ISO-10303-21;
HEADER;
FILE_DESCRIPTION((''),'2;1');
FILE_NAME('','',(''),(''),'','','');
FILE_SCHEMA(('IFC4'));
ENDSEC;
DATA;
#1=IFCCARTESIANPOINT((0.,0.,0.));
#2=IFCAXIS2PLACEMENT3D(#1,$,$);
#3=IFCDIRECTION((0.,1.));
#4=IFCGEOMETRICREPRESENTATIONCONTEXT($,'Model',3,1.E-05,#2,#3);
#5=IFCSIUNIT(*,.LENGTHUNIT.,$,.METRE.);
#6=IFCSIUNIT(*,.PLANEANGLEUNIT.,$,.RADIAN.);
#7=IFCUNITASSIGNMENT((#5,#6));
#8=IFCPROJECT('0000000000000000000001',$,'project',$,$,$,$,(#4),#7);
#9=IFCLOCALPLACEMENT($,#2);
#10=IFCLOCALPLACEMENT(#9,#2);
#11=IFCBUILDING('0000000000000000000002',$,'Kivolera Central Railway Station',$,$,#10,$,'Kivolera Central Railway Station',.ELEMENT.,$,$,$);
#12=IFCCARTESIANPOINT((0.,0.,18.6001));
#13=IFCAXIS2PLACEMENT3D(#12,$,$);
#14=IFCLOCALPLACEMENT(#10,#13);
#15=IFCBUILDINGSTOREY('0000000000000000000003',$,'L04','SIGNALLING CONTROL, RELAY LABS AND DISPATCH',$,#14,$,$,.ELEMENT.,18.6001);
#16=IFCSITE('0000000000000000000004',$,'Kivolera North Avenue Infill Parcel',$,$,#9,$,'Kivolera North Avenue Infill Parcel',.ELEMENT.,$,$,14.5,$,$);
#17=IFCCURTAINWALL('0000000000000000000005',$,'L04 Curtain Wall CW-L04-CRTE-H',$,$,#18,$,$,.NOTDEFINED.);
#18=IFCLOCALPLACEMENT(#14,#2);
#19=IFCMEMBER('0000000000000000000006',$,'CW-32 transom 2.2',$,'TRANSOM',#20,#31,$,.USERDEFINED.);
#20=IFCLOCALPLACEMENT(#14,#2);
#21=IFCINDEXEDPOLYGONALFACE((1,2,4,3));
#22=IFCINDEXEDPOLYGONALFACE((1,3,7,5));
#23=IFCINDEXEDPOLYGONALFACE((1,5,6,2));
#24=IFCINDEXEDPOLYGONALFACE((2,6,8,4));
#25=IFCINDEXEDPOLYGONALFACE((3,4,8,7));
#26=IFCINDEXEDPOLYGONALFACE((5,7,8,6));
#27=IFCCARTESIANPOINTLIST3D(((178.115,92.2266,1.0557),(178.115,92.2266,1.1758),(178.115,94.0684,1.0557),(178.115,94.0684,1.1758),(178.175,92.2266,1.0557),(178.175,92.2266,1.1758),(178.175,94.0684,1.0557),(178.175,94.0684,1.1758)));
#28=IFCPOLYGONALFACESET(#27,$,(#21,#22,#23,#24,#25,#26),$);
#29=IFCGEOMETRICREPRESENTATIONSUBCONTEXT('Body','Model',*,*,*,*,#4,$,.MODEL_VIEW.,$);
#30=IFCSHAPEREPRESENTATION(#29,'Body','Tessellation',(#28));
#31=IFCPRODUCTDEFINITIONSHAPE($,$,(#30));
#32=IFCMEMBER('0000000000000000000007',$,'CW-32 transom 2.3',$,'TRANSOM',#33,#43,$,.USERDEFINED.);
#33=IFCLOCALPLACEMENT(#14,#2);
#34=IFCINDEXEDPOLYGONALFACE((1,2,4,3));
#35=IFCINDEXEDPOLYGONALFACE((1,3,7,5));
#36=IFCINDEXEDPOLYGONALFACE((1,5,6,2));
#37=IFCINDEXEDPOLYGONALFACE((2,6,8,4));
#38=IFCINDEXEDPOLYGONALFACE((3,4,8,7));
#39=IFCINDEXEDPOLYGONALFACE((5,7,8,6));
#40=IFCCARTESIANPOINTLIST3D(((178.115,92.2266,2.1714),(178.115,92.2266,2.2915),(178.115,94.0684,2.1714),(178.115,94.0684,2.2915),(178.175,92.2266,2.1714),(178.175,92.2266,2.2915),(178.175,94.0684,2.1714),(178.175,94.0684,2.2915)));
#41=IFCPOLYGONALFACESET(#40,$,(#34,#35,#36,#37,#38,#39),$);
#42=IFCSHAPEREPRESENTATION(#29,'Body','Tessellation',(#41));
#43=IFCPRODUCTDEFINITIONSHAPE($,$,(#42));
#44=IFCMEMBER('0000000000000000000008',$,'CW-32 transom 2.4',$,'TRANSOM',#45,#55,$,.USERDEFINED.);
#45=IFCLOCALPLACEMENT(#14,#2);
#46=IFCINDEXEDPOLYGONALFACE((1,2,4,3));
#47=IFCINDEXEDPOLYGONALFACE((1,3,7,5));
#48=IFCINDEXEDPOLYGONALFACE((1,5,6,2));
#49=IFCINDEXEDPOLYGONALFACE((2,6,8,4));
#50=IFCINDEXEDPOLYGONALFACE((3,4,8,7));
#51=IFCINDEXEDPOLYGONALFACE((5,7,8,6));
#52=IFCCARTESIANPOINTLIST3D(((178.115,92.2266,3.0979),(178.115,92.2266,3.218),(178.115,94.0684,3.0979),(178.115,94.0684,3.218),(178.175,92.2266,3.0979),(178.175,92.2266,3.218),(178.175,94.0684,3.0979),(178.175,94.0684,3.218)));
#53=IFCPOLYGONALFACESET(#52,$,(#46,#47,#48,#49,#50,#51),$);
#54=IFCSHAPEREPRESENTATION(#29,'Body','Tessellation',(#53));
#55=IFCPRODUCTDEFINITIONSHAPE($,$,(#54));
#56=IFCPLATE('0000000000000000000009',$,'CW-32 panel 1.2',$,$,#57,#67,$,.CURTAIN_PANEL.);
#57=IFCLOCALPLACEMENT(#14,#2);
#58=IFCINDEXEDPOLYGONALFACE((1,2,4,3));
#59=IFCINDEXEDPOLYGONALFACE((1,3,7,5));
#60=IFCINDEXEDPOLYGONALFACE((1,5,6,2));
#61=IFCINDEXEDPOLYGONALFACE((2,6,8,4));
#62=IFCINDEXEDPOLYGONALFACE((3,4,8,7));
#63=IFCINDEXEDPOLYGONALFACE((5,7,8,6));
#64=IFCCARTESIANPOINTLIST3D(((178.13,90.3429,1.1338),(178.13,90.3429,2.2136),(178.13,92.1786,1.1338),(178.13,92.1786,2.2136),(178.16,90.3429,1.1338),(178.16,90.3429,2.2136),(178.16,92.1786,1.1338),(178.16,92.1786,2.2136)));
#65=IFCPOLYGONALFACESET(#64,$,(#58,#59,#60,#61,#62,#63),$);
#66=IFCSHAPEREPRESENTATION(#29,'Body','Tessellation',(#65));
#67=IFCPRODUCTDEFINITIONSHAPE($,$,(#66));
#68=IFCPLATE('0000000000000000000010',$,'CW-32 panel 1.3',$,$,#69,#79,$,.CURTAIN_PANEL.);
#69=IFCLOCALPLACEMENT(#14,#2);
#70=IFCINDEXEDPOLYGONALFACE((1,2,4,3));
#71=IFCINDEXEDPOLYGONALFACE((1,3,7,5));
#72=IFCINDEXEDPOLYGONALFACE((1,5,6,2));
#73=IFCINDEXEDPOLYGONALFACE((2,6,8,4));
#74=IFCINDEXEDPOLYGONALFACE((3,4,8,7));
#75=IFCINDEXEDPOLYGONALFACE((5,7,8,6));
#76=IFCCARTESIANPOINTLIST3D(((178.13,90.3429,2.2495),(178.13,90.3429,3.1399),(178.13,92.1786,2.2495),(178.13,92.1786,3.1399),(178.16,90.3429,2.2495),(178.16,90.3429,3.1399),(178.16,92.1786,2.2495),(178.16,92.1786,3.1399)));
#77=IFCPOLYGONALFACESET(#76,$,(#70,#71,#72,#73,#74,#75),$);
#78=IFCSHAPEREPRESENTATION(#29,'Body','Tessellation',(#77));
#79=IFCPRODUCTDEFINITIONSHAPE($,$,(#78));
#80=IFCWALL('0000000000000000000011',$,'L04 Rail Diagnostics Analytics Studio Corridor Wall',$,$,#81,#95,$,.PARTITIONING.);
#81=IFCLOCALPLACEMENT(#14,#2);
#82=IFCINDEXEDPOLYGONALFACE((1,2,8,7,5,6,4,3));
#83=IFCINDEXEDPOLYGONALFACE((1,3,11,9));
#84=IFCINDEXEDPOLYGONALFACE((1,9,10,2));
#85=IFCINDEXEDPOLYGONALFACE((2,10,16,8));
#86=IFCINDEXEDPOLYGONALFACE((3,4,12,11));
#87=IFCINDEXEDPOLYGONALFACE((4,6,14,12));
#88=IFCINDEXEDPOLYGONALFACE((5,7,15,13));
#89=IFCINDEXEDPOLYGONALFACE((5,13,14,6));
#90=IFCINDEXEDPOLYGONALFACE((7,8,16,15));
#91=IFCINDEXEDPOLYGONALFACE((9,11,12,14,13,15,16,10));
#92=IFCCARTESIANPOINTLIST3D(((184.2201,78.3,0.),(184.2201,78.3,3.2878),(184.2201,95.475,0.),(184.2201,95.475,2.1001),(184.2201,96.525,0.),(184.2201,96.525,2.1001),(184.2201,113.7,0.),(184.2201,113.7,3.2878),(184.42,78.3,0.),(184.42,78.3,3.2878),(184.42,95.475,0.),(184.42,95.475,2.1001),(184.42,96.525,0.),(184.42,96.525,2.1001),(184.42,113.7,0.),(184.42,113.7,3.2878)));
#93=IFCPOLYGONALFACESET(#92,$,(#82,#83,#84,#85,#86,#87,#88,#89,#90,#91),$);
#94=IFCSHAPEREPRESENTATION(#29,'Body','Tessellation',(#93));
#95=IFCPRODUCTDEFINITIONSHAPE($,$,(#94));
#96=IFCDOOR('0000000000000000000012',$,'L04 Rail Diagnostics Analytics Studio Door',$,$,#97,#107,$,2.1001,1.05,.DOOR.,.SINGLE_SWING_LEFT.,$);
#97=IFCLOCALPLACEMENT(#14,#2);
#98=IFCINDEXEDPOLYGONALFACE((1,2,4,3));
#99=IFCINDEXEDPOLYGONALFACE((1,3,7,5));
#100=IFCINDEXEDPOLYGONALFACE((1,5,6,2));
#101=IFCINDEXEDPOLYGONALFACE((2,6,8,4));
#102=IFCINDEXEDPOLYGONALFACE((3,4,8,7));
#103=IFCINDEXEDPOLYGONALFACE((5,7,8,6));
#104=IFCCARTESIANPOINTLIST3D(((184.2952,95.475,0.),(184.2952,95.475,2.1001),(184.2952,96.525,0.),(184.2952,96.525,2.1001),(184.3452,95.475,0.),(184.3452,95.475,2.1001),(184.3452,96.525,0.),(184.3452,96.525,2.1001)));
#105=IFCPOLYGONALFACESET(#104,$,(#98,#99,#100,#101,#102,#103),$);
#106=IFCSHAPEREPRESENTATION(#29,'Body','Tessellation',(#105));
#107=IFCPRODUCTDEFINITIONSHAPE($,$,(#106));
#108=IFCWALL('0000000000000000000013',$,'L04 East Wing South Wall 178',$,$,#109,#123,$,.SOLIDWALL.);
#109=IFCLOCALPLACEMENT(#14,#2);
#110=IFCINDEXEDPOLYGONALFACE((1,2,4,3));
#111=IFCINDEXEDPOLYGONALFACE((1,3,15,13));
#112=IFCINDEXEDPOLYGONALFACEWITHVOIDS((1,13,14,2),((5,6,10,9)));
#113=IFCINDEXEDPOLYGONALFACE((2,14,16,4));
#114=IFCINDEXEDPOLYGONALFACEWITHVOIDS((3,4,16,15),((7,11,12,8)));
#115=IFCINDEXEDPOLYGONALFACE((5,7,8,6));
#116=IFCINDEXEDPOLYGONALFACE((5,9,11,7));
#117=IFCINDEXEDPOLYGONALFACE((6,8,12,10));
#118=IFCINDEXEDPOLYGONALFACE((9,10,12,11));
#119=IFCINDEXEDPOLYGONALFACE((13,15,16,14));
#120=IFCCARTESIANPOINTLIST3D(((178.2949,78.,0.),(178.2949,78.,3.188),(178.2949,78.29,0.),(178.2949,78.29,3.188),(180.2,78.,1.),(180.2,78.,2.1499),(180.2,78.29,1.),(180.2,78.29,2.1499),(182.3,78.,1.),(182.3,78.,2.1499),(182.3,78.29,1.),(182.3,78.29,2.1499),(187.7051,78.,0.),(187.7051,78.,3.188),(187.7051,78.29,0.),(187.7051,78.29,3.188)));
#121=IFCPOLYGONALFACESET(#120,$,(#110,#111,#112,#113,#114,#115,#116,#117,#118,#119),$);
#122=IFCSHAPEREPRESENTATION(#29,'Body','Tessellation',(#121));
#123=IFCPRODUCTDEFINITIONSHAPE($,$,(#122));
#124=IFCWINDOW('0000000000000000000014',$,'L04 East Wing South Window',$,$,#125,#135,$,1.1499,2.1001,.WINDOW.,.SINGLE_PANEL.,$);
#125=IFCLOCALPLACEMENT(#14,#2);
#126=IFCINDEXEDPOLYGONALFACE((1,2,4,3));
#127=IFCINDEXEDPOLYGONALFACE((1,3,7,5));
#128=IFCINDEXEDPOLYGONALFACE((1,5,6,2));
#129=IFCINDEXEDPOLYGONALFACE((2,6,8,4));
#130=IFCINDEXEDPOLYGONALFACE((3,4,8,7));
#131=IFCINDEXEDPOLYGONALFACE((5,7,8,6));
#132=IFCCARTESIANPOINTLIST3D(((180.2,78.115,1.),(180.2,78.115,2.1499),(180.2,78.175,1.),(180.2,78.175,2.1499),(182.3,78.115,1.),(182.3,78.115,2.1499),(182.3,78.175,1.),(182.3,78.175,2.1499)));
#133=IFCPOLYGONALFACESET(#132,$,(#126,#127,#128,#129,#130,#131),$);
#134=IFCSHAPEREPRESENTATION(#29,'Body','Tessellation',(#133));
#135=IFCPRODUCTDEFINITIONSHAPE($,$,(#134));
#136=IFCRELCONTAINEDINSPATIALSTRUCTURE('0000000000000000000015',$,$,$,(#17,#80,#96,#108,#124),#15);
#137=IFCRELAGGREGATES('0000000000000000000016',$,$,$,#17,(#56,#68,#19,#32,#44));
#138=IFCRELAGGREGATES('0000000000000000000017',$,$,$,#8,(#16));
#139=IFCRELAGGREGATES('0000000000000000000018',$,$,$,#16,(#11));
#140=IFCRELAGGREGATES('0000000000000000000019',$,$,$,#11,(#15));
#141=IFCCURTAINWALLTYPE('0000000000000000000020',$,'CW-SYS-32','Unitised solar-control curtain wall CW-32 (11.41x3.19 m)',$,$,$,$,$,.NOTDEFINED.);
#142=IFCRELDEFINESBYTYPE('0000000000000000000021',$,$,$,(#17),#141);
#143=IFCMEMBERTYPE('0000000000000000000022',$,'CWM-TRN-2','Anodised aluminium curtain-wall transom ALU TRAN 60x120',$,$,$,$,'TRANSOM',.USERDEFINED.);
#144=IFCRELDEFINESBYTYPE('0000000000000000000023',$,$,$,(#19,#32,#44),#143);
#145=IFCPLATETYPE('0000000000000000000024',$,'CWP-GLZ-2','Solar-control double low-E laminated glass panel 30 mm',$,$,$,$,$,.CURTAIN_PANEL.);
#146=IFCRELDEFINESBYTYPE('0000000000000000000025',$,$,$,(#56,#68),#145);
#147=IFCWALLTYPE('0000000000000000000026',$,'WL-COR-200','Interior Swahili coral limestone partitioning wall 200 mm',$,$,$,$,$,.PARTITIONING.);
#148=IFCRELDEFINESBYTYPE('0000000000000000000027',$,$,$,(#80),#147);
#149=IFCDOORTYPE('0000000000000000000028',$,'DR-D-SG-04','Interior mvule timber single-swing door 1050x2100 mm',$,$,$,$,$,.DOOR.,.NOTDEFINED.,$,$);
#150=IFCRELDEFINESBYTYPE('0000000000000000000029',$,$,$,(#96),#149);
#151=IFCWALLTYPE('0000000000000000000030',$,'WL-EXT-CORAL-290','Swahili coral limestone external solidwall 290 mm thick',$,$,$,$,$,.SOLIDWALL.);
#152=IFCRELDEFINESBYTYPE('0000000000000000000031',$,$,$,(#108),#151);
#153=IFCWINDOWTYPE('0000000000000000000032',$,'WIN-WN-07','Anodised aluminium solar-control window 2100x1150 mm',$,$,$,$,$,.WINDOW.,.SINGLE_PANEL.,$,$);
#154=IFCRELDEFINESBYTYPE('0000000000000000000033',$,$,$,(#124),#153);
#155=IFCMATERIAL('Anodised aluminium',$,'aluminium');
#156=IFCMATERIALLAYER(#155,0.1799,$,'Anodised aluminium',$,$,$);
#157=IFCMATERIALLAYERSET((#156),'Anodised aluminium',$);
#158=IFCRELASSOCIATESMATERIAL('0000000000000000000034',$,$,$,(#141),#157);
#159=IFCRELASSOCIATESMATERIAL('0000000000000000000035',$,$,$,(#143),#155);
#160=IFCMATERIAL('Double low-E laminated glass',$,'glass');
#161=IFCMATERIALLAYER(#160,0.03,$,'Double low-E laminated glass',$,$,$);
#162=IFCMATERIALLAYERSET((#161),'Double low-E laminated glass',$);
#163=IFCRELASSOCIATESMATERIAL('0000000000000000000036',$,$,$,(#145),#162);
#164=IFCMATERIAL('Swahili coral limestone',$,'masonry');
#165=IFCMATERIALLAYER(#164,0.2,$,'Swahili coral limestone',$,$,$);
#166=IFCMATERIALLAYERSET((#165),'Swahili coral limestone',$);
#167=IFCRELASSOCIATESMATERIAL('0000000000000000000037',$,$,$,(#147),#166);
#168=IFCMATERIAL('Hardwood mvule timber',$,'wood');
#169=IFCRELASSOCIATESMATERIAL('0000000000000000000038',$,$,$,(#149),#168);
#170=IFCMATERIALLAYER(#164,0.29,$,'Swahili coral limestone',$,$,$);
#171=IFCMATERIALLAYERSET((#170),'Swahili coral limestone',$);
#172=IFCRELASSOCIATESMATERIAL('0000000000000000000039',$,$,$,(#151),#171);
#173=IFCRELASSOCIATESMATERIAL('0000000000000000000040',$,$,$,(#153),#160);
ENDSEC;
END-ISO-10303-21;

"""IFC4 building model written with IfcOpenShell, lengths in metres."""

from ifc_helpers import new_model, si_unit, direction, frame, frame_2d, origin, origin_2d, place, context, subcontext, project, spatial, rectangle, extrude, material, layer, layer_set, material_profile, profile_set, type_object, element, fill, aggregate, save


model = new_model("IFC4")

# Units and contexts
model_context = context("Model", 3, precision=1e-05, world=origin(), true_north=direction((0.0, 1.0)))
body_context = subcontext(model_context, "Body", "Model", "MODEL_VIEW")
ifc_project = project(units=[si_unit("LENGTHUNIT", "METRE"), si_unit("PLANEANGLEUNIT", "RADIAN")], contexts=[model_context])

# Site, building, storey
site_placement = place(None, origin())
site = spatial("IfcSite", under=ifc_project, at=site_placement, Name="Kivolera North Avenue Infill Parcel", LongName="Kivolera North Avenue Infill Parcel", CompositionType="ELEMENT", RefElevation=14.5)
building_placement = place(site_placement, origin())
building = spatial("IfcBuilding", under=site, at=building_placement, Name="Kivolera Central Railway Station", LongName="Kivolera Central Railway Station", CompositionType="ELEMENT")
storey_placement = place(building_placement, frame((0.0, 0.0, 18.6001)))
storey = spatial("IfcBuildingStorey", under=building, at=storey_placement, Name="L04", Description="SIGNALLING CONTROL, RELAY LABS AND DISPATCH", CompositionType="ELEMENT", Elevation=18.6001)

# Curtain wall, members, plates
ifc_material_1 = material(Name="Anodised aluminium", Category="aluminium")
ifc_layer_1 = layer(ifc_material_1, 0.1799, Name="Anodised aluminium")
ifc_layer_set_1 = layer_set([ifc_layer_1], Name="Anodised aluminium")
curtain_wall_type = type_object("IfcCurtainWallType", Name="CW-SYS-32", Description="Unitised solar-control curtain wall CW-32 (11.41x3.19 m)", PredefinedType="NOTDEFINED", material=ifc_layer_set_1)
curtain_wall_placement = place(storey_placement, origin())
curtain_wall = element("IfcCurtainWall", 1, at=curtain_wall_placement, inside=storey, type_object=curtain_wall_type, Name="L04 Curtain Wall CW-L04-CRTE-H", PredefinedType="NOTDEFINED")
ifc_material_profile_1 = material_profile(ifc_material_1, rectangle(XDim=0.0601, YDim=0.1201, at=origin_2d()), Name="ALU TRAN 60x120")
ifc_profile_set_1 = profile_set([ifc_material_profile_1], Name="Anodised aluminium")
member_type_1 = type_object("IfcMemberType", Name="CWM-TRN-2", Description="Anodised aluminium curtain-wall transom ALU TRAN 60x120", ElementType="TRANSOM", PredefinedType="USERDEFINED", material=ifc_profile_set_1)
member_1_placement = place(storey_placement, frame((178.145, 92.2266, 1.1157), z_axis=(0.0, 1.0, 0.0), x_axis=(-1.0, 0.0, 0.0)))
member_1 = element("IfcMember", 2, at=member_1_placement, type_object=member_type_1, Name="CW-32 transom 2.2", ObjectType="TRANSOM", PredefinedType="USERDEFINED", context=body_context, shape_type="SweptSolid", body=[
    extrude(rectangle(XDim=0.0601, YDim=0.1201, at=origin_2d()), origin(), (0.0, 0.0, 1.0), 1.8418),
])
member_2_placement = place(storey_placement, frame((178.145, 92.2266, 2.2314), z_axis=(0.0, 1.0, 0.0), x_axis=(-1.0, 0.0, 0.0)))
member_2 = element("IfcMember", 3, at=member_2_placement, type_object=member_type_1, Name="CW-32 transom 2.3", ObjectType="TRANSOM", PredefinedType="USERDEFINED", context=body_context, shape_type="SweptSolid", body=[
    extrude(rectangle(XDim=0.0601, YDim=0.1201, at=origin_2d()), origin(), (0.0, 0.0, 1.0), 1.8418),
])
member_3_placement = place(storey_placement, frame((178.145, 92.2266, 3.158), z_axis=(0.0, 1.0, 0.0), x_axis=(-1.0, 0.0, 0.0)))
member_3 = element("IfcMember", 4, at=member_3_placement, type_object=member_type_1, Name="CW-32 transom 2.4", ObjectType="TRANSOM", PredefinedType="USERDEFINED", context=body_context, shape_type="SweptSolid", body=[
    extrude(rectangle(XDim=0.0601, YDim=0.1201, at=origin_2d()), origin(), (0.0, 0.0, 1.0), 1.8418),
])
ifc_material_2 = material(Name="Double low-E laminated glass", Category="glass")
ifc_layer_2 = layer(ifc_material_2, 0.03, Name="Double low-E laminated glass")
ifc_layer_set_2 = layer_set([ifc_layer_2], Name="Double low-E laminated glass")
plate_type = type_object("IfcPlateType", Name="CWP-GLZ-2", Description="Solar-control double low-E laminated glass panel 30 mm", PredefinedType="CURTAIN_PANEL", material=ifc_layer_set_2)
plate_1_placement = place(storey_placement, frame((178.145, 91.2607, 1.1338), z_axis=(0.0, 0.0, 1.0), x_axis=(0.0, 1.0, 0.0)))
plate_1 = element("IfcPlate", 5, at=plate_1_placement, type_object=plate_type, Name="CW-32 panel 1.2", PredefinedType="CURTAIN_PANEL", context=body_context, shape_type="SweptSolid", body=[
    extrude(rectangle(XDim=1.8357, YDim=0.03, at=origin_2d()), origin(), (0.0, 0.0, 1.0), 1.0798),
])
plate_2_placement = place(storey_placement, frame((178.145, 91.2607, 2.2495), z_axis=(0.0, 0.0, 1.0), x_axis=(0.0, 1.0, 0.0)))
plate_2 = element("IfcPlate", 6, at=plate_2_placement, type_object=plate_type, Name="CW-32 panel 1.3", PredefinedType="CURTAIN_PANEL", context=body_context, shape_type="SweptSolid", body=[
    extrude(rectangle(XDim=1.8357, YDim=0.03, at=origin_2d()), origin(), (0.0, 0.0, 1.0), 0.8904),
])
aggregate(curtain_wall, [plate_1, plate_2, member_1, member_2, member_3])

# Wall, opening, door
ifc_material_3 = material(Name="Swahili coral limestone", Category="masonry")
ifc_layer_3 = layer(ifc_material_3, 0.2, Name="Swahili coral limestone")
ifc_layer_set_3 = layer_set([ifc_layer_3], Name="Swahili coral limestone")
wall_type_1 = type_object("IfcWallType", Name="WL-COR-200", Description="Interior Swahili coral limestone partitioning wall 200 mm", PredefinedType="PARTITIONING", material=ifc_layer_set_3)
wall_1_placement = place(storey_placement, frame((184.3201, 78.3, 0.0), z_axis=(0.0, 0.0, 1.0), x_axis=(0.0, 1.0, 0.0)))
wall_1 = element("IfcWall", 7, at=wall_1_placement, inside=storey, type_object=wall_type_1, Name="L04 Rail Diagnostics Analytics Studio Corridor Wall", PredefinedType="PARTITIONING", context=body_context, shape_type="SweptSolid", body=[
    extrude(rectangle(XDim=35.3999, YDim=0.2, at=frame_2d((17.7, 0.0))), origin(), (0.0, 0.0, 1.0), 3.2878),
])
opening_1_placement = place(wall_1_placement, frame((17.175, 0.0, 0.0)))
opening_1 = element("IfcOpeningElement", 8, at=opening_1_placement, cuts=wall_1, PredefinedType="OPENING", context=body_context, shape_type="SweptSolid", body=[
    extrude(rectangle(XDim=1.05, YDim=2.1001, at=frame_2d((0.5249, 1.05))), frame((0.0, 0.1099, 0.0), z_axis=(0.0, -1.0, 0.0), x_axis=(1.0, 0.0, 0.0)), (0.0, 0.0, 1.0), 0.22),
])
ifc_material_4 = material(Name="Hardwood mvule timber", Category="wood")
door_type_1 = type_object("IfcDoorType", Name="DR-D-SG-04", Description="Interior mvule timber single-swing door 1050x2100 mm", OperationType="NOTDEFINED", PredefinedType="DOOR", material=ifc_material_4)
door_1_placement = place(opening_1_placement, origin())
door_1 = element("IfcDoor", 9, at=door_1_placement, inside=storey, type_object=door_type_1, Name="L04 Rail Diagnostics Analytics Studio Door", OperationType="SINGLE_SWING_LEFT", OverallHeight=2.1001, OverallWidth=1.05, PredefinedType="DOOR", context=body_context, shape_type="SweptSolid", body=[
    extrude(rectangle(XDim=1.05, YDim=2.1001, at=frame_2d((0.5249, 1.05))), frame((0.0, 0.0249, 0.0), z_axis=(0.0, -1.0, 0.0), x_axis=(1.0, 0.0, 0.0)), (0.0, 0.0, 1.0), 0.05),
])
fill(opening_1, door_1)

# Wall, opening, window
ifc_layer_4 = layer(ifc_material_3, 0.29, Name="Swahili coral limestone")
ifc_layer_set_4 = layer_set([ifc_layer_4], Name="Swahili coral limestone")
wall_type_2 = type_object("IfcWallType", Name="WL-EXT-CORAL-290", Description="Swahili coral limestone external solidwall 290 mm thick", PredefinedType="SOLIDWALL", material=ifc_layer_set_4)
wall_2_placement = place(storey_placement, frame((187.7051, 78.145, 0.0), z_axis=(0.0, 0.0, 1.0), x_axis=(-1.0, 0.0, 0.0)))
wall_2 = element("IfcWall", 10, at=wall_2_placement, inside=storey, type_object=wall_type_2, Name="L04 East Wing South Wall 178", PredefinedType="SOLIDWALL", context=body_context, shape_type="SweptSolid", body=[
    extrude(rectangle(XDim=9.4102, YDim=0.29, at=frame_2d((4.7051, 0.0))), origin(), (0.0, 0.0, 1.0), 3.188),
])
opening_2_placement = place(wall_2_placement, frame((5.405, 0.0, 1.0)))
opening_2 = element("IfcOpeningElement", 11, at=opening_2_placement, cuts=wall_2, PredefinedType="OPENING", context=body_context, shape_type="SweptSolid", body=[
    extrude(rectangle(XDim=2.1001, YDim=1.1499, at=frame_2d((1.05, 0.575))), frame((0.0, 0.155, 0.0), z_axis=(0.0, -1.0, 0.0), x_axis=(1.0, 0.0, 0.0)), (0.0, 0.0, 1.0), 0.3101),
])
window_type = type_object("IfcWindowType", Name="WIN-WN-07", Description="Anodised aluminium solar-control window 2100x1150 mm", PartitioningType="SINGLE_PANEL", PredefinedType="WINDOW", material=ifc_material_2)
window_placement = place(opening_2_placement, origin())
window = element("IfcWindow", 12, at=window_placement, inside=storey, type_object=window_type, Name="L04 East Wing South Window", OverallHeight=1.1499, OverallWidth=2.1001, PartitioningType="SINGLE_PANEL", PredefinedType="WINDOW", context=body_context, shape_type="SweptSolid", body=[
    extrude(rectangle(XDim=2.1001, YDim=1.1499, at=frame_2d((1.05, 0.575))), frame((0.0, 0.03, 0.0), z_axis=(0.0, -1.0, 0.0), x_axis=(1.0, 0.0, 0.0)), (0.0, 0.0, 1.0), 0.0601),
])
fill(opening_2, window)

save(model, "model.ifc")
